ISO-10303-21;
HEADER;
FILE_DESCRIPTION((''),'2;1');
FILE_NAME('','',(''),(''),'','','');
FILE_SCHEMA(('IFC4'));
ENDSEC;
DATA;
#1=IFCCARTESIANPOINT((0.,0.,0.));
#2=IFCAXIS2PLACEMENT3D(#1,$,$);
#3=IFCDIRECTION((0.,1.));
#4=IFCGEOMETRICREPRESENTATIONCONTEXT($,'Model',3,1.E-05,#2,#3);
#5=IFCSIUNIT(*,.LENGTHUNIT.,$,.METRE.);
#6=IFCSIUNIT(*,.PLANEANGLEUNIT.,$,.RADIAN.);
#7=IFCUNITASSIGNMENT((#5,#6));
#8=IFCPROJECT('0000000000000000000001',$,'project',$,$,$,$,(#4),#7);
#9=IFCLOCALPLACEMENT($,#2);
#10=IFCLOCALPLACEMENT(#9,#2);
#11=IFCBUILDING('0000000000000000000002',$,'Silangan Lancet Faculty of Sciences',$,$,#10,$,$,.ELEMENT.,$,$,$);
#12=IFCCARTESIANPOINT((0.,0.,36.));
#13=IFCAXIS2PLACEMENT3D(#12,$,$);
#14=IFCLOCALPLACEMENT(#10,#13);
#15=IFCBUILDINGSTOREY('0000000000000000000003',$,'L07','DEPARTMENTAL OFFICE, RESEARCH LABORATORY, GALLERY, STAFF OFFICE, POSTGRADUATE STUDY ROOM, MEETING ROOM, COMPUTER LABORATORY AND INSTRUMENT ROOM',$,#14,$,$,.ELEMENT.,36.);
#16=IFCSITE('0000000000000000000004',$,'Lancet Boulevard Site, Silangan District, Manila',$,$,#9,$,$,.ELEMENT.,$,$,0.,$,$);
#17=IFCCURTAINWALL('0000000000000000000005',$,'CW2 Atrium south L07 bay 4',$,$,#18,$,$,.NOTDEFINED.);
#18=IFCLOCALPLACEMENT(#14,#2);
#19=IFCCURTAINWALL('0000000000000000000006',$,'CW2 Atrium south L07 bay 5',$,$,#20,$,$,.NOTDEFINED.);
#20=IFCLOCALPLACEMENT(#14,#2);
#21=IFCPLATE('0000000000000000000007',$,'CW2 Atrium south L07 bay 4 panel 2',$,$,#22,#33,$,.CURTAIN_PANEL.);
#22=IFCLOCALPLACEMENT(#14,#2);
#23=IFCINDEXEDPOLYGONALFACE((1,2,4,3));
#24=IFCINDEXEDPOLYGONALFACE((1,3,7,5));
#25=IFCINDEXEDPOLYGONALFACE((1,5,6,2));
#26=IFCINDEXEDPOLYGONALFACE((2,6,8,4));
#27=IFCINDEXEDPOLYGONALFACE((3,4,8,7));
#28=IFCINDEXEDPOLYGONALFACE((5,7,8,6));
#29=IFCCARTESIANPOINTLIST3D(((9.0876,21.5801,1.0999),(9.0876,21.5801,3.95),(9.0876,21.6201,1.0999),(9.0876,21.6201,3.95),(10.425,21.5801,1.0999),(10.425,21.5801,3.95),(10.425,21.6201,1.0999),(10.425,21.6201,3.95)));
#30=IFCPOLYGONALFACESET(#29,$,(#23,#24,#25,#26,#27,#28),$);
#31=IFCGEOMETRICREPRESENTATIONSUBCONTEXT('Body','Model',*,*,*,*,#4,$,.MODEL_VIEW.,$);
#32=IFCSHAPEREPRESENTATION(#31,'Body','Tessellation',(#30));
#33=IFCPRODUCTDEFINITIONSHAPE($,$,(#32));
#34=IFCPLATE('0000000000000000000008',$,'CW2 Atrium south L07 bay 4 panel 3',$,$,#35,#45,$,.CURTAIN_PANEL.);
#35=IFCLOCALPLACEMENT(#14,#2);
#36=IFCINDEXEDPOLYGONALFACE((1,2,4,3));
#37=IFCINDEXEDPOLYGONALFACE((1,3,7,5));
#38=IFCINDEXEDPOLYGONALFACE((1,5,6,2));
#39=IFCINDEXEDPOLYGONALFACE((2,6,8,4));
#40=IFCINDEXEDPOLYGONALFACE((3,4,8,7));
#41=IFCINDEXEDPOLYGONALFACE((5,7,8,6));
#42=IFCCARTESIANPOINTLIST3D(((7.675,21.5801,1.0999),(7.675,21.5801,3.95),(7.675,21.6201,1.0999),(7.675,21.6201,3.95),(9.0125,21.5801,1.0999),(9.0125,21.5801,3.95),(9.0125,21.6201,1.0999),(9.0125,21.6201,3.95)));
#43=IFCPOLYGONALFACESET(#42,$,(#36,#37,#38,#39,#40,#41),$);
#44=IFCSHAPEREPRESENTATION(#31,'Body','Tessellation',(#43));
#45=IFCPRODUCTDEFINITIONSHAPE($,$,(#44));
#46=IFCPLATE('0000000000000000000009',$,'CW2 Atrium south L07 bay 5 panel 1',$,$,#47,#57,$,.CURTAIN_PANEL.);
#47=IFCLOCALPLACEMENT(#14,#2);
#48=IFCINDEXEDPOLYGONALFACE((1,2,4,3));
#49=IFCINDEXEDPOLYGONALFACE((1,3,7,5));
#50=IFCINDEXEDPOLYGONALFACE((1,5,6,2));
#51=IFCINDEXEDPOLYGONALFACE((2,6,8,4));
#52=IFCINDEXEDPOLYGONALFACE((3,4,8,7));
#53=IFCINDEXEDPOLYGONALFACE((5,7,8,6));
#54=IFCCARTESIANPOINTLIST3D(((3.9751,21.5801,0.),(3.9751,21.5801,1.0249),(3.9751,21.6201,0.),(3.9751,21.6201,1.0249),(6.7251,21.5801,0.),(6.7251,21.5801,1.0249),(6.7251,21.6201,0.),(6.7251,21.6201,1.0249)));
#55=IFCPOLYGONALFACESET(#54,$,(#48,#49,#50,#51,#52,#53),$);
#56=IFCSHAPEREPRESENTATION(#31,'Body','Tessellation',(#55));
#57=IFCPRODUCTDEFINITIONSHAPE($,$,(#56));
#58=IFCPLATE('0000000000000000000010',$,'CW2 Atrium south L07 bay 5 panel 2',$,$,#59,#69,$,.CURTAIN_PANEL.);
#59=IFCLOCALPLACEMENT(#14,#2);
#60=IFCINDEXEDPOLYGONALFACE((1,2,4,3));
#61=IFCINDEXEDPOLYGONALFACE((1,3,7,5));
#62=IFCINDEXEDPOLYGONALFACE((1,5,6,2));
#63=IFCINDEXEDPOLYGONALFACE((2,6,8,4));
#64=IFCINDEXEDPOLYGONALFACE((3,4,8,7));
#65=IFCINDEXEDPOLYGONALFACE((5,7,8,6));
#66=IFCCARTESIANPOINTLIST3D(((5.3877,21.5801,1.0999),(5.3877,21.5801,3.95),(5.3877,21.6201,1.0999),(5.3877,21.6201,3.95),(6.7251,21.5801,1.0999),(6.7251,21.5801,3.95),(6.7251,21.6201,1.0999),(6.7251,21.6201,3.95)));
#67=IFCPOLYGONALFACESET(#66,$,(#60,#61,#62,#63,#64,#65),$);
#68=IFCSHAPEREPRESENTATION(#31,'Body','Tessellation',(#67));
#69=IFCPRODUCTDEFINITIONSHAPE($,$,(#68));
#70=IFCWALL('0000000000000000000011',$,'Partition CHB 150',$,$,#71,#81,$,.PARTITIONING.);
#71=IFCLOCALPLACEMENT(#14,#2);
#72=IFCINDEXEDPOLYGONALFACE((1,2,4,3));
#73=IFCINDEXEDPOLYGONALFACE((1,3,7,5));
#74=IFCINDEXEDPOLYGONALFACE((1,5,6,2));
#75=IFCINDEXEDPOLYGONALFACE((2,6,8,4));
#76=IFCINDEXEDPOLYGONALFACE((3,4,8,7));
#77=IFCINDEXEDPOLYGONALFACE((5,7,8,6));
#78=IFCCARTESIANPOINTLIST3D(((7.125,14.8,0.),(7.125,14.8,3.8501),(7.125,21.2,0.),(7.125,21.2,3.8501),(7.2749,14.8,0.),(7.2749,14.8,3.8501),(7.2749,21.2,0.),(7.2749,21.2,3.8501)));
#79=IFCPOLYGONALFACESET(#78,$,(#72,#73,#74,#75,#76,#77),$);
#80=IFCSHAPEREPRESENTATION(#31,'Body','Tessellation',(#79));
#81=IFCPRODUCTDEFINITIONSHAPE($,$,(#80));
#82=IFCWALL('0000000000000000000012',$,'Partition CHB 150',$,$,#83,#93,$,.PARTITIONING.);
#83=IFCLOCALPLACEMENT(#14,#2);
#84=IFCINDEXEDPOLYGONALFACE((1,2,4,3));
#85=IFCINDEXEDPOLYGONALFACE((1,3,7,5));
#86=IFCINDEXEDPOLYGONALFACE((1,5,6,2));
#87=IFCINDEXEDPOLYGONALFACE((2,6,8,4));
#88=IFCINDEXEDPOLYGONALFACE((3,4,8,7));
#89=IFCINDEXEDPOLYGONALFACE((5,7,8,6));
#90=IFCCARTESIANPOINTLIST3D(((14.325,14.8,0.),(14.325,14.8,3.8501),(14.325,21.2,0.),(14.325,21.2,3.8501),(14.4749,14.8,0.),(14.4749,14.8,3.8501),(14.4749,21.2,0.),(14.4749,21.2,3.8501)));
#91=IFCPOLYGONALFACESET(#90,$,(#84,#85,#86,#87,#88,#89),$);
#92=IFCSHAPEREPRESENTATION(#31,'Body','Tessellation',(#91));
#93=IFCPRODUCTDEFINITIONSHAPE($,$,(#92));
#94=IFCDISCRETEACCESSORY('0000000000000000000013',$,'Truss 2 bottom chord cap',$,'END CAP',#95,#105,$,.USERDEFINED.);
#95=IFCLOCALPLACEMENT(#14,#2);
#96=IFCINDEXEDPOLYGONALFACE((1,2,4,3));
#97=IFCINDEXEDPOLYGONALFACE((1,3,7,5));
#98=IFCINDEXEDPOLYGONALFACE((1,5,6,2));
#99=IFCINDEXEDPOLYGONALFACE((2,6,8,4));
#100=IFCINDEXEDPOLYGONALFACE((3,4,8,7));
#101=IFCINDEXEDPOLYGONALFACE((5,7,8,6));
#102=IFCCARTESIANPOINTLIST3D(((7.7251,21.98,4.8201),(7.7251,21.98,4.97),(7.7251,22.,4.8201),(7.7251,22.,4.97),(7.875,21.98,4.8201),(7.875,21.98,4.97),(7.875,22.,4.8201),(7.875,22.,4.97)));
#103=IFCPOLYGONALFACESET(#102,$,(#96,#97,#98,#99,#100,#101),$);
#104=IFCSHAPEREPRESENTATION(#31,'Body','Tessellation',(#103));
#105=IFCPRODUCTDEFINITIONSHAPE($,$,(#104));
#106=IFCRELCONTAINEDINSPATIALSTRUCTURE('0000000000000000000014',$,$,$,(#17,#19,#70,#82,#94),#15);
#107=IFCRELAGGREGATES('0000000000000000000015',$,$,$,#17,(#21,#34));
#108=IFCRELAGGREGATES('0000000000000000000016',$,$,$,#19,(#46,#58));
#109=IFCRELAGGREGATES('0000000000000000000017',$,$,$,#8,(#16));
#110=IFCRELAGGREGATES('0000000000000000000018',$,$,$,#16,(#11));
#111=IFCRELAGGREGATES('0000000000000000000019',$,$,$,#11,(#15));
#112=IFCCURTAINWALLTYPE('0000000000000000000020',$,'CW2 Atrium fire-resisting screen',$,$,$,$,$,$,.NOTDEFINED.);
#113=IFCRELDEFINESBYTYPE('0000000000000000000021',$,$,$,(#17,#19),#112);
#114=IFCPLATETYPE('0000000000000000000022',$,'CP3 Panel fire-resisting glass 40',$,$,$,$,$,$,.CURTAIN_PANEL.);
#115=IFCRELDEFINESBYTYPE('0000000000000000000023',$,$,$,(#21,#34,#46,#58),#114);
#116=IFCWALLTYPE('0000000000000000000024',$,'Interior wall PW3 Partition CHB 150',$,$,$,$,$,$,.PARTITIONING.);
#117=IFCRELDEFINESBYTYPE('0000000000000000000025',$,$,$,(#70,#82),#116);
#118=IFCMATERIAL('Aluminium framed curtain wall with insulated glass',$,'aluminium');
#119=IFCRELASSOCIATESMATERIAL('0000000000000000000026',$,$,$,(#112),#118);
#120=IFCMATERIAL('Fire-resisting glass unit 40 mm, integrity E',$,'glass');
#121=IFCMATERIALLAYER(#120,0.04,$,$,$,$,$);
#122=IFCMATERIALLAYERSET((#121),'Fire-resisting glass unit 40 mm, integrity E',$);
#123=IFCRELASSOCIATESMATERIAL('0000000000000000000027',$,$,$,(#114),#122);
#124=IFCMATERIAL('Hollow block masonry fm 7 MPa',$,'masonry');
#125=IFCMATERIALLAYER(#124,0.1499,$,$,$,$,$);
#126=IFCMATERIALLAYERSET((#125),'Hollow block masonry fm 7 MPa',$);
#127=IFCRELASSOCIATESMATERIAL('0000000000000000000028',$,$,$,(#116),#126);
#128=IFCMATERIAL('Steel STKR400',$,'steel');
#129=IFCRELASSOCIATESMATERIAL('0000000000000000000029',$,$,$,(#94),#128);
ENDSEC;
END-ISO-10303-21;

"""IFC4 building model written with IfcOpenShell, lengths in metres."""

from ifc_helpers import new_model, si_unit, direction, frame, frame_2d, origin, origin_2d, place, context, subcontext, project, spatial, rectangle, extrude, material, layer, layer_set, type_object, element, aggregate, save


model = new_model("IFC4")

# Units and contexts
model_context = context("Model", 3, precision=1e-05, world=origin(), true_north=direction((0.0, 1.0)))
body_context = subcontext(model_context, "Body", "Model", "MODEL_VIEW")
ifc_project = project(units=[si_unit("LENGTHUNIT", "METRE"), si_unit("PLANEANGLEUNIT", "RADIAN")], contexts=[model_context])

# Site, building, storey
site_placement = place(None, origin())
site = spatial("IfcSite", under=ifc_project, at=site_placement, Name="Lancet Boulevard Site, Silangan District, Manila", CompositionType="ELEMENT", RefElevation=0.0)
building_placement = place(site_placement, origin())
building = spatial("IfcBuilding", under=site, at=building_placement, Name="Silangan Lancet Faculty of Sciences", CompositionType="ELEMENT")
storey_placement = place(building_placement, frame((0.0, 0.0, 36.0)))
storey = spatial("IfcBuildingStorey", under=building, at=storey_placement, Name="L07", Description="DEPARTMENTAL OFFICE, RESEARCH LABORATORY, GALLERY, STAFF OFFICE, POSTGRADUATE STUDY ROOM, MEETING ROOM, COMPUTER LABORATORY AND INSTRUMENT ROOM", CompositionType="ELEMENT", Elevation=36.0)

# Shared definitions
ifc_material_1 = material(Name="Aluminium framed curtain wall with insulated glass", Category="aluminium")
curtain_wall_type = type_object("IfcCurtainWallType", Name="CW2 Atrium fire-resisting screen", PredefinedType="NOTDEFINED", material=ifc_material_1)

# Curtain walls
curtain_wall_1_placement = place(storey_placement, origin())
curtain_wall_1 = element("IfcCurtainWall", 1, at=curtain_wall_1_placement, inside=storey, type_object=curtain_wall_type, Name="CW2 Atrium south L07 bay 4", PredefinedType="NOTDEFINED")
curtain_wall_2_placement = place(storey_placement, origin())
curtain_wall_2 = element("IfcCurtainWall", 2, at=curtain_wall_2_placement, inside=storey, type_object=curtain_wall_type, Name="CW2 Atrium south L07 bay 5", PredefinedType="NOTDEFINED")

# Plates
ifc_material_2 = material(Name="Fire-resisting glass unit 40 mm, integrity E", Category="glass")
ifc_layer_1 = layer(ifc_material_2, 0.04)
ifc_layer_set_1 = layer_set([ifc_layer_1], Name="Fire-resisting glass unit 40 mm, integrity E")
plate_type = type_object("IfcPlateType", Name="CP3 Panel fire-resisting glass 40", PredefinedType="CURTAIN_PANEL", material=ifc_layer_set_1)
plate_1_placement = place(storey_placement, frame((9.7563, 21.6001, 1.0999), z_axis=(0.0, 0.0, 1.0), x_axis=(-1.0, 0.0, 0.0)))
plate_1 = element("IfcPlate", 3, at=plate_1_placement, type_object=plate_type, Name="CW2 Atrium south L07 bay 4 panel 2", PredefinedType="CURTAIN_PANEL", context=body_context, shape_type="SweptSolid", body=[
    extrude(rectangle(XDim=1.3374, YDim=0.04, at=origin_2d()), origin(), (0.0, 0.0, 1.0), 2.8501),
])
plate_2_placement = place(storey_placement, frame((8.3438, 21.6001, 1.0999), z_axis=(0.0, 0.0, 1.0), x_axis=(-1.0, 0.0, 0.0)))
plate_2 = element("IfcPlate", 4, at=plate_2_placement, type_object=plate_type, Name="CW2 Atrium south L07 bay 4 panel 3", PredefinedType="CURTAIN_PANEL", context=body_context, shape_type="SweptSolid", body=[
    extrude(rectangle(XDim=1.3374, YDim=0.04, at=origin_2d()), origin(), (0.0, 0.0, 1.0), 2.8501),
])
aggregate(curtain_wall_1, [plate_1, plate_2])
plate_3_placement = place(storey_placement, frame((5.3501, 21.6001, 0.0), z_axis=(0.0, 0.0, 1.0), x_axis=(-1.0, 0.0, 0.0)))
plate_3 = element("IfcPlate", 5, at=plate_3_placement, type_object=plate_type, Name="CW2 Atrium south L07 bay 5 panel 1", PredefinedType="CURTAIN_PANEL", context=body_context, shape_type="SweptSolid", body=[
    extrude(rectangle(XDim=2.75, YDim=0.04, at=origin_2d()), origin(), (0.0, 0.0, 1.0), 1.0249),
])
plate_4_placement = place(storey_placement, frame((6.0564, 21.6001, 1.0999), z_axis=(0.0, 0.0, 1.0), x_axis=(-1.0, 0.0, 0.0)))
plate_4 = element("IfcPlate", 6, at=plate_4_placement, type_object=plate_type, Name="CW2 Atrium south L07 bay 5 panel 2", PredefinedType="CURTAIN_PANEL", context=body_context, shape_type="SweptSolid", body=[
    extrude(rectangle(XDim=1.3374, YDim=0.04, at=origin_2d()), origin(), (0.0, 0.0, 1.0), 2.8501),
])
aggregate(curtain_wall_2, [plate_3, plate_4])

# Walls
ifc_material_3 = material(Name="Hollow block masonry fm 7 MPa", Category="masonry")
ifc_layer_2 = layer(ifc_material_3, 0.1499)
ifc_layer_set_2 = layer_set([ifc_layer_2], Name="Hollow block masonry fm 7 MPa")
wall_type = type_object("IfcWallType", Name="Interior wall PW3 Partition CHB 150", PredefinedType="PARTITIONING", material=ifc_layer_set_2)
for number, where, z_axis, x_axis, name in (
    (7, (7.2, 14.8, 0.0), (0.0, 0.0, 1.0), (0.0, 1.0, 0.0), "Partition CHB 150"),
    (8, (14.3999, 14.8, 0.0), (0.0, 0.0, 1.0), (0.0, 1.0, 0.0), "Partition CHB 150"),
):
    element("IfcWall", number, at=place(storey_placement, frame(where, z_axis=z_axis, x_axis=x_axis)), inside=storey, type_object=wall_type, Name=name, PredefinedType="PARTITIONING", context=body_context, shape_type="SweptSolid", body=[
        extrude(rectangle(XDim=6.3999, YDim=0.1499, at=frame_2d((3.2, 0.0))), origin(), (0.0, 0.0, 1.0), 3.8501),
    ])

# Discrete accessory
ifc_material_4 = material(Name="Steel STKR400", Category="steel")
discrete_accessory_placement = place(storey_placement, frame((7.8, 21.99, 4.8201), z_axis=(0.0, 0.0, 1.0), x_axis=(1.0, 0.0, 0.0)))
element("IfcDiscreteAccessory", 9, at=discrete_accessory_placement, inside=storey, material=ifc_material_4, Name="Truss 2 bottom chord cap", ObjectType="END CAP", PredefinedType="USERDEFINED", context=body_context, shape_type="SweptSolid", body=[
    extrude(rectangle(XDim=0.1499, YDim=0.02, at=origin_2d()), origin(), (0.0, 0.0, 1.0), 0.1499),
])

save(model, "model.ifc")
